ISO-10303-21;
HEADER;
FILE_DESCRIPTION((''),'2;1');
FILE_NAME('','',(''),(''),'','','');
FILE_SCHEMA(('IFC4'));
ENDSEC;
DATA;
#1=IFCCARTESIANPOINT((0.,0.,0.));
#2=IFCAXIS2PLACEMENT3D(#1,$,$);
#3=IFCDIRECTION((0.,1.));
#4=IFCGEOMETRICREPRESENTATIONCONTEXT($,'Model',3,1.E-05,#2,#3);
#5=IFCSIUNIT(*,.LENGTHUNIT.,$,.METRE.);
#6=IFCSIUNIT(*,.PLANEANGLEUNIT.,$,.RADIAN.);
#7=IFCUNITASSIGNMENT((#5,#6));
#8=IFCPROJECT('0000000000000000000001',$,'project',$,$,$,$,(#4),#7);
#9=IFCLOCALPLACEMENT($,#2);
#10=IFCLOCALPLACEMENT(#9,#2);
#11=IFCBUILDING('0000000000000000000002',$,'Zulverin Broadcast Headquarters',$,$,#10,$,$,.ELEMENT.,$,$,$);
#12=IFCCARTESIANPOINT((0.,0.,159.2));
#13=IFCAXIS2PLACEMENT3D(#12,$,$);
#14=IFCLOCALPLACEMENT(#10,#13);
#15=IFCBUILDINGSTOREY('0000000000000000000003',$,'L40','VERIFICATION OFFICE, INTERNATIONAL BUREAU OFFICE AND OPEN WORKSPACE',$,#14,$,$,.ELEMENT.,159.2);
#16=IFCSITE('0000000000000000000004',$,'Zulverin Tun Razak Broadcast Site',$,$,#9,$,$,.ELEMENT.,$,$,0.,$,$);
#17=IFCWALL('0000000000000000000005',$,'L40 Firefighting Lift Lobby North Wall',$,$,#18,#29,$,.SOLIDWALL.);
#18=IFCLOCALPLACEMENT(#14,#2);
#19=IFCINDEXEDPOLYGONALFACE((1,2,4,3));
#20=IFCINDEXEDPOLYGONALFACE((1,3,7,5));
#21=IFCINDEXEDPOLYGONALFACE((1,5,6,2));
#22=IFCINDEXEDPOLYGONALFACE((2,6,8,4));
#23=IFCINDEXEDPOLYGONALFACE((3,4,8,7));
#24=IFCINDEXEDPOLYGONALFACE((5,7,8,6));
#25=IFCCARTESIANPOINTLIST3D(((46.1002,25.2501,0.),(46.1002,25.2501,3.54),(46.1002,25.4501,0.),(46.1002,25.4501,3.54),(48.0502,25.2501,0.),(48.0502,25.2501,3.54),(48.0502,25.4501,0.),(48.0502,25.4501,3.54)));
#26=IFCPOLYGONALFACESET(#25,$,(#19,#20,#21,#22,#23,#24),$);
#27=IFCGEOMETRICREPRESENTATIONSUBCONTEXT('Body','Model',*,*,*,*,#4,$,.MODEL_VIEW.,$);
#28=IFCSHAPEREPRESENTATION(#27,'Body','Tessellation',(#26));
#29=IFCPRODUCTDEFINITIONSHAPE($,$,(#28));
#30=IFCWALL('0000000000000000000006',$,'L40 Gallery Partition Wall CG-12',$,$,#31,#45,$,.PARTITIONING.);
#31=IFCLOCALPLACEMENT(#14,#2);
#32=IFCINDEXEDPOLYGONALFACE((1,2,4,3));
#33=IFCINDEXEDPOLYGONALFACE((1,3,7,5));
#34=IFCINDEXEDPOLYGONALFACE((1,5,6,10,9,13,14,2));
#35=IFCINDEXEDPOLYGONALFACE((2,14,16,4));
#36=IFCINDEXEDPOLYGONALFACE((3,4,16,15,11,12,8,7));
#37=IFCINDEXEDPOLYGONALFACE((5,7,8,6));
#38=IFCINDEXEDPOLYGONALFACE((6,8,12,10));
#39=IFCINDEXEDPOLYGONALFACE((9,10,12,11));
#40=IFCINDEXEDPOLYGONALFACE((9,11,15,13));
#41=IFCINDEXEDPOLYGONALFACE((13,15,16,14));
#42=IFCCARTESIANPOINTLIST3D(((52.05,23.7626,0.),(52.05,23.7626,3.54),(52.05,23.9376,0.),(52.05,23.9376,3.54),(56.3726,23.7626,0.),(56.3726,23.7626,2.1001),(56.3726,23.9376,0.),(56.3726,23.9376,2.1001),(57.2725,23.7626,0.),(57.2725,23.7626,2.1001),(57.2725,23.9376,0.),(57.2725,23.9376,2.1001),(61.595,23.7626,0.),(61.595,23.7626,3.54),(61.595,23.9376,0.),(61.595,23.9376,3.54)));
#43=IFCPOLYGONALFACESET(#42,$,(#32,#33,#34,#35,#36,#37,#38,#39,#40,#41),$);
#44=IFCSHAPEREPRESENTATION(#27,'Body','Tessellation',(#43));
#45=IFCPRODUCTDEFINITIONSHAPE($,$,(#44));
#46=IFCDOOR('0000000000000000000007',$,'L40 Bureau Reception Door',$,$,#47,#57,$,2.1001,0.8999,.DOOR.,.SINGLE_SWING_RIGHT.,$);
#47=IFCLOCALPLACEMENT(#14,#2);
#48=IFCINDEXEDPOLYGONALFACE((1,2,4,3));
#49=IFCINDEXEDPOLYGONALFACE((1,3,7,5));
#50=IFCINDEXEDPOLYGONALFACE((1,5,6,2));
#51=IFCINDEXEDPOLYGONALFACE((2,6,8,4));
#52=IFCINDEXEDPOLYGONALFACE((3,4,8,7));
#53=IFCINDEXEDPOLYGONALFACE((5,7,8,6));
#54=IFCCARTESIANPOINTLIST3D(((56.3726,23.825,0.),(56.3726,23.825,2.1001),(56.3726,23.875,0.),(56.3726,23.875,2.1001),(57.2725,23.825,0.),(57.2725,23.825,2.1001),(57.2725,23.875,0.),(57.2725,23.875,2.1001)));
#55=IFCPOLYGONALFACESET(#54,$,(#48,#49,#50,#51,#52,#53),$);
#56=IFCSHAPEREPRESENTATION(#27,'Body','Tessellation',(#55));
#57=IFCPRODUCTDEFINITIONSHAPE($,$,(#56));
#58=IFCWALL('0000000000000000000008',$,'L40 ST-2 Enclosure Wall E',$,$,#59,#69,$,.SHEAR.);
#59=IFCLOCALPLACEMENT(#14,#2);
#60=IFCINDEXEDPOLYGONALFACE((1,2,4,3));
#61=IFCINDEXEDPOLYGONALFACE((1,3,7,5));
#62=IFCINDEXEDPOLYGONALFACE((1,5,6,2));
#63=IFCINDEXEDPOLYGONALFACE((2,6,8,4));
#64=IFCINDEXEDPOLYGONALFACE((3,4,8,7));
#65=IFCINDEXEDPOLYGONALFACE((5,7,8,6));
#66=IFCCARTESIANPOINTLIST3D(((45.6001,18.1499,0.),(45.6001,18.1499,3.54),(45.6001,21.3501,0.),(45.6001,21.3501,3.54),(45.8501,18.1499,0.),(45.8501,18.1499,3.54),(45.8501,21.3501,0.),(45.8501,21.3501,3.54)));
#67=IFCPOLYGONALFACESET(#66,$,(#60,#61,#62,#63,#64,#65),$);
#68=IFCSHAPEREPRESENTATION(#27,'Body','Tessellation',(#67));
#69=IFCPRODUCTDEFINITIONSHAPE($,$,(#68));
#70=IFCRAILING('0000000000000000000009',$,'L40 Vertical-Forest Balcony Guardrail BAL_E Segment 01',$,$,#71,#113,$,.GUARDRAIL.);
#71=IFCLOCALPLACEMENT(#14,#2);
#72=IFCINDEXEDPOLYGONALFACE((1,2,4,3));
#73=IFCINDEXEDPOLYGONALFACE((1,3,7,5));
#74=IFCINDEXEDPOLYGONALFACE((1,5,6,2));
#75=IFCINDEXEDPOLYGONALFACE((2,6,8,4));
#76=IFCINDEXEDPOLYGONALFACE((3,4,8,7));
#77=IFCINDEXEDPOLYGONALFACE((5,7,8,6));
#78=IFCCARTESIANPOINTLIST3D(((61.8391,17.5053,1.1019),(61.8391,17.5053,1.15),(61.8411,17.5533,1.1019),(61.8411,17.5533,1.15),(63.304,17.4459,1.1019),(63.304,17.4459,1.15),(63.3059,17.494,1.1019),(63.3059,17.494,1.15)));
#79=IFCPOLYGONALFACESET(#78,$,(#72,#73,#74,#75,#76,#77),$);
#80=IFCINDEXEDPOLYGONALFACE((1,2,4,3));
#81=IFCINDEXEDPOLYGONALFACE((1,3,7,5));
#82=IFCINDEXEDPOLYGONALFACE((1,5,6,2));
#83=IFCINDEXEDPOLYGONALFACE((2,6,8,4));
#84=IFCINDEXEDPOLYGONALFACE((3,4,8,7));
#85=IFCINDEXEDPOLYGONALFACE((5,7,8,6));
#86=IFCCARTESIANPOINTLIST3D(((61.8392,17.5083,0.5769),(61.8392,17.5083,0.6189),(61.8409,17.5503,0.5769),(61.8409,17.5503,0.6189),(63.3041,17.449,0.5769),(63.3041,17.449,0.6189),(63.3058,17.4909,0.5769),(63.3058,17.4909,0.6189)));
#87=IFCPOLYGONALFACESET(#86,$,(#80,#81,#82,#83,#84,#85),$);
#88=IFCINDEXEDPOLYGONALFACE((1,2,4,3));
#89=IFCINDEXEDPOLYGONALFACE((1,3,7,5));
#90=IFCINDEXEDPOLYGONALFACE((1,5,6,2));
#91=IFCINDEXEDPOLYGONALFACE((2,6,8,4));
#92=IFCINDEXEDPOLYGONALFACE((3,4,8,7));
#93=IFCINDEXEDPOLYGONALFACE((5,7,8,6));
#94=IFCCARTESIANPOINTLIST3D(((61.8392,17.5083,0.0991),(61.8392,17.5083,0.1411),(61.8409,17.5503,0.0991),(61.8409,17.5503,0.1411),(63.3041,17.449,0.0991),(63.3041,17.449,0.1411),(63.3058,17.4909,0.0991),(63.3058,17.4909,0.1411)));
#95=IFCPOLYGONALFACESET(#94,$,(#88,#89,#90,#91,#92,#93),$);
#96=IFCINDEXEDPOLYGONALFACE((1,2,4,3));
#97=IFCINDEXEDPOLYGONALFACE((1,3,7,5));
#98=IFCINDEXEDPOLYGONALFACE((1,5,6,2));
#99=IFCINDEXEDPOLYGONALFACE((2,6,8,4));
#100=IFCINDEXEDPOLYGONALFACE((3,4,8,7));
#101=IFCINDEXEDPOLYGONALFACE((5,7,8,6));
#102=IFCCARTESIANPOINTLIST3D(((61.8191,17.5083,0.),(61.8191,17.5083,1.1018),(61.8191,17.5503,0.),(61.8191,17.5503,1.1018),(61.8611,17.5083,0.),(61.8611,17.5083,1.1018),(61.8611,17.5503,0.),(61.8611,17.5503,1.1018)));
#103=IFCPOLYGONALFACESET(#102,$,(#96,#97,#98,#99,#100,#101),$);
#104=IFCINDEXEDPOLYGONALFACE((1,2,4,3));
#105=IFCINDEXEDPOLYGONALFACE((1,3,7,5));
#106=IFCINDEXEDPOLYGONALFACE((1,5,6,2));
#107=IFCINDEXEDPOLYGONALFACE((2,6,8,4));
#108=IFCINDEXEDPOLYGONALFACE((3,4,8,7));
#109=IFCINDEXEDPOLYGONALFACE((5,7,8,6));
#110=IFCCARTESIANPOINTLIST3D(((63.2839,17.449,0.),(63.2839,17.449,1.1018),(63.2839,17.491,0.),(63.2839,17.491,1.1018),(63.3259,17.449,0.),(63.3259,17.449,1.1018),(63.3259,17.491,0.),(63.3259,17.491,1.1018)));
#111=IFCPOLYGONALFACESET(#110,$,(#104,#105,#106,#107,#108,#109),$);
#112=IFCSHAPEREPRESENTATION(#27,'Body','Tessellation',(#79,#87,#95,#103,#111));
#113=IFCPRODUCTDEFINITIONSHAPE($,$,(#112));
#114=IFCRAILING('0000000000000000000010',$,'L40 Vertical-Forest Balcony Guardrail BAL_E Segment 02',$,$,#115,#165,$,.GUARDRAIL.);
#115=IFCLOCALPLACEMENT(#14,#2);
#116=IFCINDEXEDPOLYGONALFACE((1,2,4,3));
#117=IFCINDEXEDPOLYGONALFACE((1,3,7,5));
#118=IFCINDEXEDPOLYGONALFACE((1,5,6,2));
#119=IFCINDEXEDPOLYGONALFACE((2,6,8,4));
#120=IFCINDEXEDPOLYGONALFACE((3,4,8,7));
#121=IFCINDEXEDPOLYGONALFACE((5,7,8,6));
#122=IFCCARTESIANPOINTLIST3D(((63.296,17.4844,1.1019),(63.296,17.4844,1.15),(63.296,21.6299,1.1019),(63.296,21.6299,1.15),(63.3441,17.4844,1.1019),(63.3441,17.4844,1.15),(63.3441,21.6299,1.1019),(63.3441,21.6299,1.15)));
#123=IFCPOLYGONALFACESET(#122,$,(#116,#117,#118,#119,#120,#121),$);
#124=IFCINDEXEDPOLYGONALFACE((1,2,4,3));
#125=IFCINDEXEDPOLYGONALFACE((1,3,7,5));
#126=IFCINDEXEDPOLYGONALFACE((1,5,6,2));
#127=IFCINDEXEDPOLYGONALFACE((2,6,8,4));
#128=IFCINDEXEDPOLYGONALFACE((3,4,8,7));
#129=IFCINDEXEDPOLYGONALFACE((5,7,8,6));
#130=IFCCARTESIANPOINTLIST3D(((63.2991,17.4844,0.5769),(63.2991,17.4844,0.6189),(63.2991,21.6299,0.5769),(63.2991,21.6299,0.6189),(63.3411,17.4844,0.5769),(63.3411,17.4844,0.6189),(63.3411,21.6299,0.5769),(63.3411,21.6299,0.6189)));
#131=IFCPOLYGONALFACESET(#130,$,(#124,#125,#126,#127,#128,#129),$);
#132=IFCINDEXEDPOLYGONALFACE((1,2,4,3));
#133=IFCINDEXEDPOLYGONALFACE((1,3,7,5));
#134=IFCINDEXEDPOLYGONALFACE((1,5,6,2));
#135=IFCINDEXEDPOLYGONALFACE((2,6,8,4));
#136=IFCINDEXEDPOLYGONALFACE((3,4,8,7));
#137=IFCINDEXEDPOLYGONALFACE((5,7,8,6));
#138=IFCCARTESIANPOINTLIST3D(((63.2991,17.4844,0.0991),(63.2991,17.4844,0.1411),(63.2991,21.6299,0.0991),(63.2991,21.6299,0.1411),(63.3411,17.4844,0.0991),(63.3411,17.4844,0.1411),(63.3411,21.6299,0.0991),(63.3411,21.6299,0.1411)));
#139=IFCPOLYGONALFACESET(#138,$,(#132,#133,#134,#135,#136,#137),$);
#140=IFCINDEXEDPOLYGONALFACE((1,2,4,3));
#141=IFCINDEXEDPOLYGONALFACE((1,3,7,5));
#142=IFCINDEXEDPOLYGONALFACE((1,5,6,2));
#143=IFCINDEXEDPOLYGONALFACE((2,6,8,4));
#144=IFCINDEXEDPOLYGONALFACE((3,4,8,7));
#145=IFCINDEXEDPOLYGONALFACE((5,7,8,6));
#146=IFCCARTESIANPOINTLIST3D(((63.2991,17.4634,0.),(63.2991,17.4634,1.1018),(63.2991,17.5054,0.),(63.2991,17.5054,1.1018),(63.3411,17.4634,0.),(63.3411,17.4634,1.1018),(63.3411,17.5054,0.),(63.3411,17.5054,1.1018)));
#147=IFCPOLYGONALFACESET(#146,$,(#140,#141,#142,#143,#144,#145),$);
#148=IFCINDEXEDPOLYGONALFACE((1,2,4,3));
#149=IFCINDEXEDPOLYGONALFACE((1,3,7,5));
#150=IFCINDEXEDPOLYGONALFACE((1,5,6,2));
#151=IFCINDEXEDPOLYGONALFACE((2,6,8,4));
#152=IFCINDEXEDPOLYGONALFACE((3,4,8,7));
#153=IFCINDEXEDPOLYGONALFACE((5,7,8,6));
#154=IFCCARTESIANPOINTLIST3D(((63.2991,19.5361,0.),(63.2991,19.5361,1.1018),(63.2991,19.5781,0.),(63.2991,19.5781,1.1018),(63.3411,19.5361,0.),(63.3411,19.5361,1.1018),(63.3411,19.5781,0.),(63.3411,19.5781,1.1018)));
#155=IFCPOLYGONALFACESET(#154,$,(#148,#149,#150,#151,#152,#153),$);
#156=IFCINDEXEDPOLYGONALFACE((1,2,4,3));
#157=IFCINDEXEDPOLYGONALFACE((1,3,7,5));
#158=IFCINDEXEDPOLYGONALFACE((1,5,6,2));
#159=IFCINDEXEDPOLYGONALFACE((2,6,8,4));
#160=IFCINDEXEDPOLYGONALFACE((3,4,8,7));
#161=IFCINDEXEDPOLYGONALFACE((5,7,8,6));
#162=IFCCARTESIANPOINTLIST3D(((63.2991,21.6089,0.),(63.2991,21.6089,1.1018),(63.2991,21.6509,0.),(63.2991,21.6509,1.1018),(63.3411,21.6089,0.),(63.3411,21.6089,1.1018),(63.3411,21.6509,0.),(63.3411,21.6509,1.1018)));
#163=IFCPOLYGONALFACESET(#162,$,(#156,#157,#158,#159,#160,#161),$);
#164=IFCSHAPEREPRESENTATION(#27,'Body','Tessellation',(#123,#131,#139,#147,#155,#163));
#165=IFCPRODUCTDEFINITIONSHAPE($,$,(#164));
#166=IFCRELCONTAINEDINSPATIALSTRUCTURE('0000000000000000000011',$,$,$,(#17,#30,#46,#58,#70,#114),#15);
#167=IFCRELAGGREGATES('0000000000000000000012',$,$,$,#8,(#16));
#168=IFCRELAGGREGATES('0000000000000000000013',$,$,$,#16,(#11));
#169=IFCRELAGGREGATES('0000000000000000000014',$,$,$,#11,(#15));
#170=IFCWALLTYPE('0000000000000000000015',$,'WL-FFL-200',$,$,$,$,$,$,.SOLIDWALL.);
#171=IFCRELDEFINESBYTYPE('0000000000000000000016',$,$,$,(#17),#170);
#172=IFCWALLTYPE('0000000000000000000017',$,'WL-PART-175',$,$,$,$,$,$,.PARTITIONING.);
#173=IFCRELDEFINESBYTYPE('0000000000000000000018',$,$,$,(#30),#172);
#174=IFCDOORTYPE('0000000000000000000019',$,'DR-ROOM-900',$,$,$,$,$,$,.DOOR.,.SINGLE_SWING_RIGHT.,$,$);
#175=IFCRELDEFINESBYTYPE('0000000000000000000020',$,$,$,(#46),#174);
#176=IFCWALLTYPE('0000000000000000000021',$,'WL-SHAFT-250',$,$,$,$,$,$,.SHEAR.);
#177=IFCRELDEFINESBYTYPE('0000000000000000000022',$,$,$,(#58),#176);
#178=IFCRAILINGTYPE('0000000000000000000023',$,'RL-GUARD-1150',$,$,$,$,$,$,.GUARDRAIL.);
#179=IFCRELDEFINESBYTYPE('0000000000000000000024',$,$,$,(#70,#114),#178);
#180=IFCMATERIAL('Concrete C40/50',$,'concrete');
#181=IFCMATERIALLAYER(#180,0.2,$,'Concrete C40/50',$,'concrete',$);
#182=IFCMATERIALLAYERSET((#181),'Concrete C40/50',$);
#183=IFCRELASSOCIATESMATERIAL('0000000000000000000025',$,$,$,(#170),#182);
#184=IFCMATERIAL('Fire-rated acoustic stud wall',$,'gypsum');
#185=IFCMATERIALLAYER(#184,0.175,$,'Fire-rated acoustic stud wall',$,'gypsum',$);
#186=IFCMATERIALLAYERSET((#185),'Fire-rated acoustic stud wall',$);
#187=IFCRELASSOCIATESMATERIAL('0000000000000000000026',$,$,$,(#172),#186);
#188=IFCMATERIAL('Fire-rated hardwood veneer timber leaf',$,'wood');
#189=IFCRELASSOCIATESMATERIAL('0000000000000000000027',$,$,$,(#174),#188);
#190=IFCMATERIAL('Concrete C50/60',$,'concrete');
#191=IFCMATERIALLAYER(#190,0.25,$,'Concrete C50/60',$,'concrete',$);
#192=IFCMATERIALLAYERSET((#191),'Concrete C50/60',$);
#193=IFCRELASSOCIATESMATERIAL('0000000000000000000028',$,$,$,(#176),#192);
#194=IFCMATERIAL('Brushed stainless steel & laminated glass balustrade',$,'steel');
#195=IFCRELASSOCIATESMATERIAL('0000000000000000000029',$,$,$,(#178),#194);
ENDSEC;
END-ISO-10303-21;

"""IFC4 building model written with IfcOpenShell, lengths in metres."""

from ifc_helpers import new_model, si_unit, direction, frame, frame_2d, origin, origin_2d, place, context, subcontext, project, spatial, rectangle, extrude, material, layer, layer_set, type_object, element, fill, save


model = new_model("IFC4")

# Units and contexts
model_context = context("Model", 3, precision=1e-05, world=origin(), true_north=direction((0.0, 1.0)))
body_context = subcontext(model_context, "Body", "Model", "MODEL_VIEW")
ifc_project = project(units=[si_unit("LENGTHUNIT", "METRE"), si_unit("PLANEANGLEUNIT", "RADIAN")], contexts=[model_context])

# Site, building, storey
site_placement = place(None, origin())
site = spatial("IfcSite", under=ifc_project, at=site_placement, Name="Zulverin Tun Razak Broadcast Site", CompositionType="ELEMENT", RefElevation=0.0)
building_placement = place(site_placement, origin())
building = spatial("IfcBuilding", under=site, at=building_placement, Name="Zulverin Broadcast Headquarters", CompositionType="ELEMENT")
storey_placement = place(building_placement, frame((0.0, 0.0, 159.2)))
storey = spatial("IfcBuildingStorey", under=building, at=storey_placement, Name="L40", Description="VERIFICATION OFFICE, INTERNATIONAL BUREAU OFFICE AND OPEN WORKSPACE", CompositionType="ELEMENT", Elevation=159.2)

# Shared definitions
ifc_material_1 = material(Name="Concrete C50/60", Category="concrete")

# Shared definitions
ifc_material_2 = material(Name="Concrete C40/50", Category="concrete")

# Wall
ifc_layer_1 = layer(ifc_material_2, 0.2, Name="Concrete C40/50", Category="concrete")
ifc_layer_set_1 = layer_set([ifc_layer_1], Name="Concrete C40/50")
wall_type_1 = type_object("IfcWallType", Name="WL-FFL-200", PredefinedType="SOLIDWALL", material=ifc_layer_set_1)
wall_1_placement = place(storey_placement, frame((46.1001, 25.3501, 0.0), z_axis=(0.0, 0.0, 1.0), x_axis=(1.0, 0.0, 0.0)))
element("IfcWall", 1, at=wall_1_placement, inside=storey, type_object=wall_type_1, Name="L40 Firefighting Lift Lobby North Wall", PredefinedType="SOLIDWALL", context=body_context, shape_type="SweptSolid", body=[
    extrude(rectangle(XDim=1.95, YDim=0.2, at=frame_2d((0.9751, 0.0))), origin(), (0.0, 0.0, 1.0), 3.54),
])

# Wall, opening, door
ifc_material_3 = material(Name="Fire-rated acoustic stud wall", Category="gypsum")
ifc_layer_2 = layer(ifc_material_3, 0.175, Name="Fire-rated acoustic stud wall", Category="gypsum")
ifc_layer_set_2 = layer_set([ifc_layer_2], Name="Fire-rated acoustic stud wall")
wall_type_2 = type_object("IfcWallType", Name="WL-PART-175", PredefinedType="PARTITIONING", material=ifc_layer_set_2)
wall_2_placement = place(storey_placement, frame((52.05, 23.8501, 0.0), z_axis=(0.0, 0.0, 1.0), x_axis=(1.0, 0.0, 0.0)))
wall_2 = element("IfcWall", 2, at=wall_2_placement, inside=storey, type_object=wall_type_2, Name="L40 Gallery Partition Wall CG-12", PredefinedType="PARTITIONING", context=body_context, shape_type="SweptSolid", body=[
    extrude(rectangle(XDim=9.5449, YDim=0.175, at=frame_2d((4.7725, 0.0))), origin(), (0.0, 0.0, 1.0), 3.54),
])
opening_1_placement = place(wall_2_placement, frame((4.3225, 0.0, 0.0)))
opening_1 = element("IfcOpeningElement", 3, at=opening_1_placement, cuts=wall_2, PredefinedType="OPENING", context=body_context, shape_type="SweptSolid", body=[
    extrude(rectangle(XDim=0.8999, YDim=2.1001, at=frame_2d((0.45, 1.05))), frame((0.0, 0.0974, 0.0), z_axis=(0.0, -1.0, 0.0), x_axis=(1.0, 0.0, 0.0)), (0.0, 0.0, 1.0), 0.1951),
])
ifc_material_4 = material(Name="Fire-rated hardwood veneer timber leaf", Category="wood")
door_type_1 = type_object("IfcDoorType", Name="DR-ROOM-900", OperationType="SINGLE_SWING_RIGHT", PredefinedType="DOOR", material=ifc_material_4)
door_1_placement = place(opening_1_placement, origin())
door_1 = element("IfcDoor", 4, at=door_1_placement, inside=storey, type_object=door_type_1, Name="L40 Bureau Reception Door", OperationType="SINGLE_SWING_RIGHT", OverallHeight=2.1001, OverallWidth=0.8999, PredefinedType="DOOR", context=body_context, shape_type="SweptSolid", body=[
    extrude(rectangle(XDim=0.8999, YDim=2.1001, at=frame_2d((0.45, 1.05))), frame((0.0, 0.0249, 0.0), z_axis=(0.0, -1.0, 0.0), x_axis=(1.0, 0.0, 0.0)), (0.0, 0.0, 1.0), 0.05),
])
fill(opening_1, door_1)

# Wall
ifc_layer_3 = layer(ifc_material_1, 0.25, Name="Concrete C50/60", Category="concrete")
ifc_layer_set_3 = layer_set([ifc_layer_3], Name="Concrete C50/60")
wall_type_3 = type_object("IfcWallType", Name="WL-SHAFT-250", PredefinedType="SHEAR", material=ifc_layer_set_3)
wall_3_placement = place(storey_placement, frame((45.7251, 18.1499, 0.0), z_axis=(0.0, 0.0, 1.0), x_axis=(0.0, 1.0, 0.0)))
element("IfcWall", 5, at=wall_3_placement, inside=storey, type_object=wall_type_3, Name="L40 ST-2 Enclosure Wall E", PredefinedType="SHEAR", context=body_context, shape_type="SweptSolid", body=[
    extrude(rectangle(XDim=3.2002, YDim=0.25, at=frame_2d((1.6001, 0.0))), origin(), (0.0, 0.0, 1.0), 3.54),
])

# Railings
ifc_material_5 = material(Name="Brushed stainless steel & laminated glass balustrade", Category="steel")
railing_type = type_object("IfcRailingType", Name="RL-GUARD-1150", PredefinedType="GUARDRAIL", material=ifc_material_5)
railing_1_placement = place(storey_placement, frame((61.8401, 17.5293, 0.0)))
element("IfcRailing", 6, at=railing_1_placement, inside=storey, type_object=railing_type, Name="L40 Vertical-Forest Balcony Guardrail BAL_E Segment 01", PredefinedType="GUARDRAIL", context=body_context, shape_type="SweptSolid", body=[
    extrude(rectangle(XDim=0.0481, YDim=0.0481, at=origin_2d()), frame((0.0, 0.0, 1.126), z_axis=(0.999181, -0.040467, 0.0), x_axis=(0.040467, 0.999181, 0.0)), (0.0, 0.0, 1.0), 1.4661),
    extrude(rectangle(XDim=0.042, YDim=0.042, at=origin_2d()), frame((0.0, 0.0, 0.5979), z_axis=(0.999181, -0.040467, 0.0), x_axis=(0.040467, 0.999181, 0.0)), (0.0, 0.0, 1.0), 1.4661),
    extrude(rectangle(XDim=0.042, YDim=0.042, at=origin_2d()), frame((0.0, 0.0, 0.1201), z_axis=(0.999181, -0.040467, 0.0), x_axis=(0.040467, 0.999181, 0.0)), (0.0, 0.0, 1.0), 1.4661),
    extrude(rectangle(XDim=0.042, YDim=0.042, at=origin_2d()), origin(), (0.0, 0.0, 1.0), 1.1018),
    extrude(rectangle(XDim=0.042, YDim=0.042, at=origin_2d()), frame((1.4648, -0.0593, 0.0)), (0.0, 0.0, 1.0), 1.1018),
])
railing_2_placement = place(storey_placement, frame((63.3201, 17.4844, 0.0)))
element("IfcRailing", 7, at=railing_2_placement, inside=storey, type_object=railing_type, Name="L40 Vertical-Forest Balcony Guardrail BAL_E Segment 02", PredefinedType="GUARDRAIL", context=body_context, shape_type="SweptSolid", body=[
    extrude(rectangle(XDim=0.0481, YDim=0.0481, at=origin_2d()), frame((0.0, 0.0, 1.126), z_axis=(0.0, 1.0, 0.0), x_axis=(-1.0, 0.0, 0.0)), (0.0, 0.0, 1.0), 4.1455),
    extrude(rectangle(XDim=0.042, YDim=0.042, at=origin_2d()), frame((0.0, 0.0, 0.5979), z_axis=(0.0, 1.0, 0.0), x_axis=(-1.0, 0.0, 0.0)), (0.0, 0.0, 1.0), 4.1455),
    extrude(rectangle(XDim=0.042, YDim=0.042, at=origin_2d()), frame((0.0, 0.0, 0.1201), z_axis=(0.0, 1.0, 0.0), x_axis=(-1.0, 0.0, 0.0)), (0.0, 0.0, 1.0), 4.1455),
    extrude(rectangle(XDim=0.042, YDim=0.042, at=origin_2d()), origin(), (0.0, 0.0, 1.0), 1.1018),
    extrude(rectangle(XDim=0.042, YDim=0.042, at=origin_2d()), frame((0.0, 2.0728, 0.0)), (0.0, 0.0, 1.0), 1.1018),
    extrude(rectangle(XDim=0.042, YDim=0.042, at=origin_2d()), frame((0.0, 4.1455, 0.0)), (0.0, 0.0, 1.0), 1.1018),
])

save(model, "model.ifc")
